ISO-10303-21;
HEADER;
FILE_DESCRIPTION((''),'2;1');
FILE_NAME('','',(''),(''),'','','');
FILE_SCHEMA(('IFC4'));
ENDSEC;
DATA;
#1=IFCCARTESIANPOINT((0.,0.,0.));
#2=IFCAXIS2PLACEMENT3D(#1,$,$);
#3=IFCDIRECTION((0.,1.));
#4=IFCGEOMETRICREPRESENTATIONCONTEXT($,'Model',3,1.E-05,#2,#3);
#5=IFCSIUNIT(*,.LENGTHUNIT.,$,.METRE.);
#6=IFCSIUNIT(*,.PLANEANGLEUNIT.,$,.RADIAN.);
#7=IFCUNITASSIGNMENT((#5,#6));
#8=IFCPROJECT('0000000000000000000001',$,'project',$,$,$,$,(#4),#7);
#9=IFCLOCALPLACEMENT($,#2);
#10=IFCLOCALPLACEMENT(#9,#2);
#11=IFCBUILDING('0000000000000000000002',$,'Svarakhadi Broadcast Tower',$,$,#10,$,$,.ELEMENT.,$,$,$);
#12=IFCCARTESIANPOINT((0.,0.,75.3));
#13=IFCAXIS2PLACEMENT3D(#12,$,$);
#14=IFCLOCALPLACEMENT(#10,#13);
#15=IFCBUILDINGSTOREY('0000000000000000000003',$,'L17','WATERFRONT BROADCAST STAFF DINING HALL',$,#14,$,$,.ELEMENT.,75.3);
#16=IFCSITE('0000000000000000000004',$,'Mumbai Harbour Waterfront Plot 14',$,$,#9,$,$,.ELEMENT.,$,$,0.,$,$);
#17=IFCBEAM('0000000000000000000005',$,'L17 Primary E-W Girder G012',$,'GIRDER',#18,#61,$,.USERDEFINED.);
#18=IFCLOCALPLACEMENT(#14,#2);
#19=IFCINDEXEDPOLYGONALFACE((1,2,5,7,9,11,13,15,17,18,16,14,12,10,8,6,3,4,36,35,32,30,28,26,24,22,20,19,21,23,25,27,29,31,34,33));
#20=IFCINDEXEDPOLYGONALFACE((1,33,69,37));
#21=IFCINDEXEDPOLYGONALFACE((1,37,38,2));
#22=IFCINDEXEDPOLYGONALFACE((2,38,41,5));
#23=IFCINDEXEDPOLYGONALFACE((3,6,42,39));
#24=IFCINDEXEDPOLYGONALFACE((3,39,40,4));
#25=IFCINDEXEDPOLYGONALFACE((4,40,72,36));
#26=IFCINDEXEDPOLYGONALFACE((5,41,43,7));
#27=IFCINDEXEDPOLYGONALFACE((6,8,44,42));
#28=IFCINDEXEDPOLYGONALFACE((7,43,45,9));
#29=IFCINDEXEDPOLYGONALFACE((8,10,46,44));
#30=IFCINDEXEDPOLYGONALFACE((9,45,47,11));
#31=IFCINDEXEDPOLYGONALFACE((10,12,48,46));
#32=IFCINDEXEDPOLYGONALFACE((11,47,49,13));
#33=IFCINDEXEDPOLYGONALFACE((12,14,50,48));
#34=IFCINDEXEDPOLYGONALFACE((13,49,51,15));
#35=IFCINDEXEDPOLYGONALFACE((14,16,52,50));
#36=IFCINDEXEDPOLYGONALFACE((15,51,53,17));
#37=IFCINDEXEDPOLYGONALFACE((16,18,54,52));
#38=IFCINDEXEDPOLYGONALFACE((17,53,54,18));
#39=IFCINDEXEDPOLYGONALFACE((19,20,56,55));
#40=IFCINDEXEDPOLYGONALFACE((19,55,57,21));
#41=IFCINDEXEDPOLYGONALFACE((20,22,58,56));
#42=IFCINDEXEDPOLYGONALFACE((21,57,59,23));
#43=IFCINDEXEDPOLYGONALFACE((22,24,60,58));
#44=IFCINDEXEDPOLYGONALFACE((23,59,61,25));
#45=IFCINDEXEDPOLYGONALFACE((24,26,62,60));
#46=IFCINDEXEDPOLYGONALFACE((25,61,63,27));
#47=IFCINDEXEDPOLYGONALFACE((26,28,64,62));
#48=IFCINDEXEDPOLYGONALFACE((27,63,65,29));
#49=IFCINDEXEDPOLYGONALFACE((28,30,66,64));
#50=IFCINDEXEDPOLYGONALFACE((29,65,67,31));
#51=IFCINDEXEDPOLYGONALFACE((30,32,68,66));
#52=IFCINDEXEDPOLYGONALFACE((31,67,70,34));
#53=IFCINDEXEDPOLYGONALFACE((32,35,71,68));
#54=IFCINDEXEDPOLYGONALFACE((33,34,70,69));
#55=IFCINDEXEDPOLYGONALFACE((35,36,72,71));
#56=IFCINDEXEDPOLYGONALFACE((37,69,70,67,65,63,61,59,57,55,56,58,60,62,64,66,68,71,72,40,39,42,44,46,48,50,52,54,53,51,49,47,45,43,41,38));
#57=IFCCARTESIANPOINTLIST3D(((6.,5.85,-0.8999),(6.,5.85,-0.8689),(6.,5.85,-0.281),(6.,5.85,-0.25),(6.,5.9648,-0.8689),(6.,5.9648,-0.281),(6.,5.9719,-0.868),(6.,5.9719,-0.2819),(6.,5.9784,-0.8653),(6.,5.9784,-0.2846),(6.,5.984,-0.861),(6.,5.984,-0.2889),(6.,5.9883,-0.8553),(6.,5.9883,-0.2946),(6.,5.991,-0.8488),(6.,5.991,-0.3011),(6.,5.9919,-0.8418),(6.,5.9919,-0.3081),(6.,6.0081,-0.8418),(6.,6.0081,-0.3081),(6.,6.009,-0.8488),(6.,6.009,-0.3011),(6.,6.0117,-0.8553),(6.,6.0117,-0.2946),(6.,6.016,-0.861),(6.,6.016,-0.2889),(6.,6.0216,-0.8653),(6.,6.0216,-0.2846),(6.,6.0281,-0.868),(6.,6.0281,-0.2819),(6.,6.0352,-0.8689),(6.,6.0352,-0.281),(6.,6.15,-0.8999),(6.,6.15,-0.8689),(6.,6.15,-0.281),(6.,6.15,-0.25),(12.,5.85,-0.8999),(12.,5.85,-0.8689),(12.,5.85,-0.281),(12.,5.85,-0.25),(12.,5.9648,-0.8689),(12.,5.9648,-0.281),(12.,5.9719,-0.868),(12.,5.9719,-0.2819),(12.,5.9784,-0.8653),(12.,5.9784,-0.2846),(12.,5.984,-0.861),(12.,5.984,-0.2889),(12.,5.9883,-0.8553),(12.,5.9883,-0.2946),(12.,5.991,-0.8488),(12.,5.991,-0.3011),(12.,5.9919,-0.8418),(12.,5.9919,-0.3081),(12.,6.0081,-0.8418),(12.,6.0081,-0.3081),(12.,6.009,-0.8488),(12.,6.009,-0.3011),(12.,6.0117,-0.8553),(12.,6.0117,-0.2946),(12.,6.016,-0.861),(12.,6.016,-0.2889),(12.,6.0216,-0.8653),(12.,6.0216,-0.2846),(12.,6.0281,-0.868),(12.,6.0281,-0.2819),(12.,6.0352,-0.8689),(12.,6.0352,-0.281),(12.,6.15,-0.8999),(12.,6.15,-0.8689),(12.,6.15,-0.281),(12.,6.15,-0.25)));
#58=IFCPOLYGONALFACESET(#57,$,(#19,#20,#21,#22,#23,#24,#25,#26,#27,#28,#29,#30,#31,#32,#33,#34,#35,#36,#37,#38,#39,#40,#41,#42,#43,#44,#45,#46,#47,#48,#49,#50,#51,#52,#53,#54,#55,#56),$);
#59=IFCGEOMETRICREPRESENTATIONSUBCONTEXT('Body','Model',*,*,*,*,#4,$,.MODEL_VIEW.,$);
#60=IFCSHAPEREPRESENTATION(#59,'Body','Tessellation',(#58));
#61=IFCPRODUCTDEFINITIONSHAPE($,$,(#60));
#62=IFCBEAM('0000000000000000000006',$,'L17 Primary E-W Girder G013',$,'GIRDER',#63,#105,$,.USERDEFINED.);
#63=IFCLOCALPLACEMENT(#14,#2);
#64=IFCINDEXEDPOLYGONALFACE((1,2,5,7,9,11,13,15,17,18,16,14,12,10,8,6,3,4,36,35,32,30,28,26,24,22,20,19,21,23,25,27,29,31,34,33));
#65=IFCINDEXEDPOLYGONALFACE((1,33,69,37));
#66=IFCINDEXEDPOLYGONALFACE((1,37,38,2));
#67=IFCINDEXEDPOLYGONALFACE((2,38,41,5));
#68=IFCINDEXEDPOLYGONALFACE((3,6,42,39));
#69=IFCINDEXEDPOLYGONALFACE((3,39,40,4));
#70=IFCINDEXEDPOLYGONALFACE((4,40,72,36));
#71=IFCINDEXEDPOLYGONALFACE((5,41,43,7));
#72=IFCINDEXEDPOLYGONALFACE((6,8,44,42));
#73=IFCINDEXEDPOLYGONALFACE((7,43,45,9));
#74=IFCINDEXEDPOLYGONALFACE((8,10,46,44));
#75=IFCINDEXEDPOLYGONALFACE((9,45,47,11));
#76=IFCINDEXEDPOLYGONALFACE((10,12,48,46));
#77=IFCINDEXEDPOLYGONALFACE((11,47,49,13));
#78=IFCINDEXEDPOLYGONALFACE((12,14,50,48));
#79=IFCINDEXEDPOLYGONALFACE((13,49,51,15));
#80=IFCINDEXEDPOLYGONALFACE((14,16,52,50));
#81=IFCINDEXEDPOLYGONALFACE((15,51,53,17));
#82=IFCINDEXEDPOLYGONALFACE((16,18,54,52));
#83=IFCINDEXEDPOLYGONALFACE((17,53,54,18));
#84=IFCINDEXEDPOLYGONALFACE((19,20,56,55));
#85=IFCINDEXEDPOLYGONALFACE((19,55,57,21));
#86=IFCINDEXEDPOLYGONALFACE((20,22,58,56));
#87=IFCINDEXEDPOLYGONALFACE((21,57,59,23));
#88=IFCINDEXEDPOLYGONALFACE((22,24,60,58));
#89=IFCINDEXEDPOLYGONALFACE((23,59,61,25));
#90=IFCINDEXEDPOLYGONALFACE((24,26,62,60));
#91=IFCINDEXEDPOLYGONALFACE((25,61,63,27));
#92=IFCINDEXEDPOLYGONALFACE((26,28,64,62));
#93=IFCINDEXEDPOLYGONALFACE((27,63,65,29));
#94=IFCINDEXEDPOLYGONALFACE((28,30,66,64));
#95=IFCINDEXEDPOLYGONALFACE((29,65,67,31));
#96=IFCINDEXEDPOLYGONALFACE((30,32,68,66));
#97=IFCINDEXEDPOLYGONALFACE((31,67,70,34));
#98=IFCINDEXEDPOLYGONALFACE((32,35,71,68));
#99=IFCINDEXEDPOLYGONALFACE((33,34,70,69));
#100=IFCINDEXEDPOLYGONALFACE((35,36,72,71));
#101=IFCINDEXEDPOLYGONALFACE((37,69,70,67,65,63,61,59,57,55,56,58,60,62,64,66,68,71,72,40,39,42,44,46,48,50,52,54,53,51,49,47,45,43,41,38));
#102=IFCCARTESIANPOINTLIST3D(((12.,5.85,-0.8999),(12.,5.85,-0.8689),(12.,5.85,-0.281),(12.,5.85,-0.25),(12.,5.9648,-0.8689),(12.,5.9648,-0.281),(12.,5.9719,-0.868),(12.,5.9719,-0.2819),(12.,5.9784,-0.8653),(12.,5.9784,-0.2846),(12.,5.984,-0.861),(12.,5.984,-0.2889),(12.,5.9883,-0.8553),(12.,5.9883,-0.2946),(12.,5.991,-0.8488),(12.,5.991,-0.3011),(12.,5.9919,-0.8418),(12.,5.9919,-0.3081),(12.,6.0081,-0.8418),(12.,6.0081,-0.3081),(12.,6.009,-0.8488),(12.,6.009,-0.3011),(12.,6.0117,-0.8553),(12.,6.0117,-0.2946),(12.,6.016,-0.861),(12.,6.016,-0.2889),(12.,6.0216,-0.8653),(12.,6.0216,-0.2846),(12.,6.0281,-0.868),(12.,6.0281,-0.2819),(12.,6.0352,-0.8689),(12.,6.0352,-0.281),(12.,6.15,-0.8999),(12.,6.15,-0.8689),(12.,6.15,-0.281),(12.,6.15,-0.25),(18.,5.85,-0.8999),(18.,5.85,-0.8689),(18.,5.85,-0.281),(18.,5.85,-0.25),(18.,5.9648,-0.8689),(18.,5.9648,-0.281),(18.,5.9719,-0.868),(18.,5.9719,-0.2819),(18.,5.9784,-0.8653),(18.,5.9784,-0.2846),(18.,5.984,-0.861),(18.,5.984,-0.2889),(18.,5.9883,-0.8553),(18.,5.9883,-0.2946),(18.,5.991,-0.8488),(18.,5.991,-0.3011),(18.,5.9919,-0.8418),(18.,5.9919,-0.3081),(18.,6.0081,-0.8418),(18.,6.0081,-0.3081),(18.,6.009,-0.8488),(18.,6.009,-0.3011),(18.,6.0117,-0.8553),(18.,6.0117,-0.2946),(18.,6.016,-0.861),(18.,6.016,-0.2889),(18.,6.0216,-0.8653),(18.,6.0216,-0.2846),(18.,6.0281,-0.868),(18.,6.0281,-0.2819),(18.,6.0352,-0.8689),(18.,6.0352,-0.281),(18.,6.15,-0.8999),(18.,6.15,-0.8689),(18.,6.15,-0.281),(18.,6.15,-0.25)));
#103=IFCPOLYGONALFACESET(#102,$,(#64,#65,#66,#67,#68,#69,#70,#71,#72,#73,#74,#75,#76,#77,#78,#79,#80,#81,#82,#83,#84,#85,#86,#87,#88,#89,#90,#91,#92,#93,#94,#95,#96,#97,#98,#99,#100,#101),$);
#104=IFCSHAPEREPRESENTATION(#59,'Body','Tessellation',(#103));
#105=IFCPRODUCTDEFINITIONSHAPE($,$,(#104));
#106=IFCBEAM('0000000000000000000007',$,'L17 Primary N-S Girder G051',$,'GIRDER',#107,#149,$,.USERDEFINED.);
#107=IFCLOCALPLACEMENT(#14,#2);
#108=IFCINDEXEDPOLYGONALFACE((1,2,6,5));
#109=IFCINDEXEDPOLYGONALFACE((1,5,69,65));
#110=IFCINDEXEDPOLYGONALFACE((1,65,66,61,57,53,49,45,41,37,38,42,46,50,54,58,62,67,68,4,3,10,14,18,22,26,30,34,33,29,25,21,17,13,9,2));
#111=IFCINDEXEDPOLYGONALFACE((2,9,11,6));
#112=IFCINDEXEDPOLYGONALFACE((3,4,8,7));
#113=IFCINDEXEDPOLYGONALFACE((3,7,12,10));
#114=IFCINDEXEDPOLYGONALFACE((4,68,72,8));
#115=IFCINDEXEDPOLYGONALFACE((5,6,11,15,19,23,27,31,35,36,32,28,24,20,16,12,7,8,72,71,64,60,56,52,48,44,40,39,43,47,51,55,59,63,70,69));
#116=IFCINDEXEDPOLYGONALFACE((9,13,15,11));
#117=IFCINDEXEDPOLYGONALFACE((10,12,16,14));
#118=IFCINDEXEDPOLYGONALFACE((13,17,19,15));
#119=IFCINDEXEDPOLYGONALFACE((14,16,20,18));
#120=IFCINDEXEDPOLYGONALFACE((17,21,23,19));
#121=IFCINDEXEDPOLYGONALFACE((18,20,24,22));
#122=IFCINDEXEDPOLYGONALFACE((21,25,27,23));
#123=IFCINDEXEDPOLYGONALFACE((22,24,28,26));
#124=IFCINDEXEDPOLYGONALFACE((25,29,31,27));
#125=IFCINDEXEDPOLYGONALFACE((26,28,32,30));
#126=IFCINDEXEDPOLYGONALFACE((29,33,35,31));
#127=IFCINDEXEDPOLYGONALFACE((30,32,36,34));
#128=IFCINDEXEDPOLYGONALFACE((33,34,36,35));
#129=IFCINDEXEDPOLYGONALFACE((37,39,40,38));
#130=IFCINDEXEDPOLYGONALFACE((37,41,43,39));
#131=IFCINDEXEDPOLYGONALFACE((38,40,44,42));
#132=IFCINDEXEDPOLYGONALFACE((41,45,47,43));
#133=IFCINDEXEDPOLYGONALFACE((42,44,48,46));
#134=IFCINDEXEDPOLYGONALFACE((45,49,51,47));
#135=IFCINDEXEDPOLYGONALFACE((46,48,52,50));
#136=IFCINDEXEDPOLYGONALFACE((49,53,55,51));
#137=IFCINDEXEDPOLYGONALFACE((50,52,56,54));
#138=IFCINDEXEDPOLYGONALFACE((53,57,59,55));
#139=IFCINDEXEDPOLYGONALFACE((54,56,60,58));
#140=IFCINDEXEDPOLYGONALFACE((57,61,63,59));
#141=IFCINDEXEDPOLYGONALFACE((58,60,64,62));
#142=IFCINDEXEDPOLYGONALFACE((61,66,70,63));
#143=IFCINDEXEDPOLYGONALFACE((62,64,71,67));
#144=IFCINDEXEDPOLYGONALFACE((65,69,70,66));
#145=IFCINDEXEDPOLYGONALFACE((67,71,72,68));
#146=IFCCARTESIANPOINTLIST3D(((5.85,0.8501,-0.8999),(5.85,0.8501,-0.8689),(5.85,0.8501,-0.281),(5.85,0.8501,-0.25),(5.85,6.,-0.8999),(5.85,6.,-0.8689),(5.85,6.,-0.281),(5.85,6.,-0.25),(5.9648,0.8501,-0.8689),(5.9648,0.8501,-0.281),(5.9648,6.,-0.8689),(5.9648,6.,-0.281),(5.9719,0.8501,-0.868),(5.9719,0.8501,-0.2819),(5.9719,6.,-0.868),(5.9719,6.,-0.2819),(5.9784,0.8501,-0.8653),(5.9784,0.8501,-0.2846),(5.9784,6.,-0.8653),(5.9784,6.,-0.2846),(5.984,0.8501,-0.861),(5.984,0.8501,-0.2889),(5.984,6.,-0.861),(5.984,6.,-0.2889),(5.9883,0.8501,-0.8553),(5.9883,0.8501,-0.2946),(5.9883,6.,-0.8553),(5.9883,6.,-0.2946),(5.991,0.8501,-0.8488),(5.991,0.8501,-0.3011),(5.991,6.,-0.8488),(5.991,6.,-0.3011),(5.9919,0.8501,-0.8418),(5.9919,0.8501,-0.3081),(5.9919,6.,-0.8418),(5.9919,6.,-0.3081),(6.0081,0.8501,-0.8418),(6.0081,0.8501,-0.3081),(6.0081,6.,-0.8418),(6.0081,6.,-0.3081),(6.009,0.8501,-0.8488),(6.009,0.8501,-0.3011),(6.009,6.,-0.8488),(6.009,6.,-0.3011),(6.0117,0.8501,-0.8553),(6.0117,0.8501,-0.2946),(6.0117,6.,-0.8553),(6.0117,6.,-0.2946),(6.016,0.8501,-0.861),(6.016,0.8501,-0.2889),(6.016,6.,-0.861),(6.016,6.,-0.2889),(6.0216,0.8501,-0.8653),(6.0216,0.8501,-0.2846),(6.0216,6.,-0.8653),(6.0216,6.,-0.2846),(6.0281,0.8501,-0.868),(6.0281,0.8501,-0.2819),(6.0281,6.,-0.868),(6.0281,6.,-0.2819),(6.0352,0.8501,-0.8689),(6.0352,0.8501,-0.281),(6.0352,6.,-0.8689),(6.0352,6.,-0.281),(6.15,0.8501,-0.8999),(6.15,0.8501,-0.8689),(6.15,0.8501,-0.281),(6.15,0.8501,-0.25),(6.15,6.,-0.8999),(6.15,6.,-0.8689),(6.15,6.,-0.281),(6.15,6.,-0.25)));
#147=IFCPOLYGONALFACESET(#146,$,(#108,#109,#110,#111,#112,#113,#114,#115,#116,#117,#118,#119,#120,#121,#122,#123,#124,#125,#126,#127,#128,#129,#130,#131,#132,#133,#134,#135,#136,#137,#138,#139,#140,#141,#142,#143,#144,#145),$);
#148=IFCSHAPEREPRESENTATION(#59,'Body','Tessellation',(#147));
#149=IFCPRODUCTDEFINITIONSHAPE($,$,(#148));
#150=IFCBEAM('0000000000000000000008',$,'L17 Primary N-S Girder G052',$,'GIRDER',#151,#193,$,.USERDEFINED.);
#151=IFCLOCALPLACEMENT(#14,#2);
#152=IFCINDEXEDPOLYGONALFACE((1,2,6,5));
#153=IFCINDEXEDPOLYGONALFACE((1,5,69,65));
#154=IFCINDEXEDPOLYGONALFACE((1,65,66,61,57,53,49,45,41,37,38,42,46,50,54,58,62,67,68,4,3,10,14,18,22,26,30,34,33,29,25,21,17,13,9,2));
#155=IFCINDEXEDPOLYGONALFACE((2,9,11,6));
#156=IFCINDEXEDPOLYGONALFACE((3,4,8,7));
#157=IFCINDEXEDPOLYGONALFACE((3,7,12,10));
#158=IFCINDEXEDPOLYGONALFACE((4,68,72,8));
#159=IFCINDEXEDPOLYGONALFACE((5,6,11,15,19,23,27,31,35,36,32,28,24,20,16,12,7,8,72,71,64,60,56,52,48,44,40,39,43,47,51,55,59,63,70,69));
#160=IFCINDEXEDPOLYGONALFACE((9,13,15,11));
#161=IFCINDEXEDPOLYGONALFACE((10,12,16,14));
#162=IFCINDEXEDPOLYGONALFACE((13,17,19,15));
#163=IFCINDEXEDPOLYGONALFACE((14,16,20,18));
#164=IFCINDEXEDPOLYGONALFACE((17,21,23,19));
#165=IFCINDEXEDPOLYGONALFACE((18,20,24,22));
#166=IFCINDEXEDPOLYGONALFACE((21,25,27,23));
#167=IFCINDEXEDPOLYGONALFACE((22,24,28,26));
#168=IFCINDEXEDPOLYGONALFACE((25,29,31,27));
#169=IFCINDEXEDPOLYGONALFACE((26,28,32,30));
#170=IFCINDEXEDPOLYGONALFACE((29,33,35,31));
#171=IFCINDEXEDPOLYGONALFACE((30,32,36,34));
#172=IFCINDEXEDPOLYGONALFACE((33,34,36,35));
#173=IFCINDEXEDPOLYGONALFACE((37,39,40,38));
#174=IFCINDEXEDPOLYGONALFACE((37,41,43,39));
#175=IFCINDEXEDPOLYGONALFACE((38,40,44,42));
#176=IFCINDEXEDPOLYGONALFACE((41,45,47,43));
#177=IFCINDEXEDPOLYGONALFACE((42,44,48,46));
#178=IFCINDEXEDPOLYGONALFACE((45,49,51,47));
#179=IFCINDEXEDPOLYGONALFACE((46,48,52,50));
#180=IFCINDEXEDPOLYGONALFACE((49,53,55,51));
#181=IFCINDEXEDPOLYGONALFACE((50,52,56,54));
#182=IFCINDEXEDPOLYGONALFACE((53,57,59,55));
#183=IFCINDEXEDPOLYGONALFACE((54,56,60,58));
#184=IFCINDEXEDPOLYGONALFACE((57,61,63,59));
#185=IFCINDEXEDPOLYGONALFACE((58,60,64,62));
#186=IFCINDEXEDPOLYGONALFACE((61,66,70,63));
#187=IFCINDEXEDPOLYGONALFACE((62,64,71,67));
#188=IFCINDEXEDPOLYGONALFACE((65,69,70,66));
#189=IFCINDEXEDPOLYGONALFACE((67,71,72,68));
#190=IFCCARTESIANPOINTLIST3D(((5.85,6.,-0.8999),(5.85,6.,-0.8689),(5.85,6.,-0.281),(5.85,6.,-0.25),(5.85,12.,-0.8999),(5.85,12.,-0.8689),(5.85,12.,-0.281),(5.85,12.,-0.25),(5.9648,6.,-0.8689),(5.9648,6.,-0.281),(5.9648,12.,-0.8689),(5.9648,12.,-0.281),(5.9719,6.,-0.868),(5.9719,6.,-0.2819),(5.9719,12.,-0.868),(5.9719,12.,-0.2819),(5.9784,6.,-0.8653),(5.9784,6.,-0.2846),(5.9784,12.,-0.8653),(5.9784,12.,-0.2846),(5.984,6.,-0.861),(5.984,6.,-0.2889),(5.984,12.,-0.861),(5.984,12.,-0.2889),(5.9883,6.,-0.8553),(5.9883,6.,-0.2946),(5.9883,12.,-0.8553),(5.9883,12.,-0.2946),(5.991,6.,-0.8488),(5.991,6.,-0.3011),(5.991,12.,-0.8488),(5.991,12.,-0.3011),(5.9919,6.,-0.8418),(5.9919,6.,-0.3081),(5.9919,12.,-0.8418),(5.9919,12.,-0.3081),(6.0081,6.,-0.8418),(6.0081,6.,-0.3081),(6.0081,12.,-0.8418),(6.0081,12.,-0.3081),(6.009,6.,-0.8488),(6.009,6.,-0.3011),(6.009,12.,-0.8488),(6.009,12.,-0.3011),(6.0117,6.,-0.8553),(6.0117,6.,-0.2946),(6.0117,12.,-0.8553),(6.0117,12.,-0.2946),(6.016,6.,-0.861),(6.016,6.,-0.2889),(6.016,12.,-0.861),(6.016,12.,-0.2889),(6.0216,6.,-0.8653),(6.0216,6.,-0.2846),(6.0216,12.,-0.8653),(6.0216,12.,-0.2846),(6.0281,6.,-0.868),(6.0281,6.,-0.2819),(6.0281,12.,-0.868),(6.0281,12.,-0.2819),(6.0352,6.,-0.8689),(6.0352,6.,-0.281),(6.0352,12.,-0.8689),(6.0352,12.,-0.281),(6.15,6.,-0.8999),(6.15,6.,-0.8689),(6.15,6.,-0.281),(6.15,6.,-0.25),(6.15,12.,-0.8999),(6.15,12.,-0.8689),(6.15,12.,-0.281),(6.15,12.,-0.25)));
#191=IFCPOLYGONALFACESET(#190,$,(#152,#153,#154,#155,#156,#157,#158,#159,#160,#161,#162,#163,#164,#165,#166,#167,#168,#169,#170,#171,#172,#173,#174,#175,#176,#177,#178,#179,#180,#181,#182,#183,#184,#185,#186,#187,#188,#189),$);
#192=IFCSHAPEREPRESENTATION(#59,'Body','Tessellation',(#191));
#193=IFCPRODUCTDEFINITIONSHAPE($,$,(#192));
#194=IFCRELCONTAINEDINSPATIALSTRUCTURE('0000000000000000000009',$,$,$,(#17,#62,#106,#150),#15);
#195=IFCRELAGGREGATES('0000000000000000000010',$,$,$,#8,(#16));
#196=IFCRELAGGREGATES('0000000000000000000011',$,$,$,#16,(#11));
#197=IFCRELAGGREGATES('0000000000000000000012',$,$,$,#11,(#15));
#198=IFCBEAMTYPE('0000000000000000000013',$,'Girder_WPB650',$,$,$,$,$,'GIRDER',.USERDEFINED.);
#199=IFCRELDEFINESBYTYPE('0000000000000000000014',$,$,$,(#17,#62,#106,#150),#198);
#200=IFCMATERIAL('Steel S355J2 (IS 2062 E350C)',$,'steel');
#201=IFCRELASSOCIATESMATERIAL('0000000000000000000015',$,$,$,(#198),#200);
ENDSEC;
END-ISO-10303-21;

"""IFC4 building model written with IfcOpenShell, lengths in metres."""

from ifc_helpers import new_model, si_unit, direction, frame, origin, origin_2d, place, context, subcontext, project, spatial, i_section, extrude, material, material_profile, profile_set, type_object, element, save


model = new_model("IFC4")

# Units and contexts
model_context = context("Model", 3, precision=1e-05, world=origin(), true_north=direction((0.0, 1.0)))
body_context = subcontext(model_context, "Body", "Model", "MODEL_VIEW")
ifc_project = project(units=[si_unit("LENGTHUNIT", "METRE"), si_unit("PLANEANGLEUNIT", "RADIAN")], contexts=[model_context])

# Site, building, storey
site_placement = place(None, origin())
site = spatial("IfcSite", under=ifc_project, at=site_placement, Name="Mumbai Harbour Waterfront Plot 14", CompositionType="ELEMENT", RefElevation=0.0)
building_placement = place(site_placement, origin())
building = spatial("IfcBuilding", under=site, at=building_placement, Name="Svarakhadi Broadcast Tower", CompositionType="ELEMENT")
storey_placement = place(building_placement, frame((0.0, 0.0, 75.3)))
storey = spatial("IfcBuildingStorey", under=building, at=storey_placement, Name="L17", Description="WATERFRONT BROADCAST STAFF DINING HALL", CompositionType="ELEMENT", Elevation=75.3)

# Shared definitions
ifc_material_1 = material(Name="Steel S355J2 (IS 2062 E350C)", Category="steel")

# Beams
ifc_material_profile_1 = material_profile(ifc_material_1, i_section(OverallWidth=0.3, OverallDepth=0.6499, WebThickness=0.0161, FlangeThickness=0.031, FilletRadius=0.0271, at=origin_2d()), Name="WPB 650x300x225")
ifc_profile_set_1 = profile_set([ifc_material_profile_1], Name="Steel S355J2 (IS 2062 E350C)")
beam_type_1 = type_object("IfcBeamType", Name="Girder_WPB650", ElementType="GIRDER", PredefinedType="USERDEFINED", material=ifc_profile_set_1)
for number, where, z_axis, x_axis, name in (
    (1, (6.0, 6.0, -0.575), (1.0, 0.0, 0.0), (0.0, 1.0, 0.0), "L17 Primary E-W Girder G012"),
    (2, (12.0, 6.0, -0.575), (1.0, 0.0, 0.0), (0.0, 1.0, 0.0), "L17 Primary E-W Girder G013"),
):
    element("IfcBeam", number, at=place(storey_placement, frame(where, z_axis=z_axis, x_axis=x_axis)), inside=storey, type_object=beam_type_1, Name=name, ObjectType="GIRDER", PredefinedType="USERDEFINED", context=body_context, shape_type="SweptSolid", body=[
        extrude(i_section(OverallWidth=0.3, OverallDepth=0.6499, WebThickness=0.0161, FlangeThickness=0.031, FilletRadius=0.0271, at=origin_2d()), origin(), (0.0, 0.0, 1.0), 6.0),
    ])
beam_1_placement = place(storey_placement, frame((6.0, 0.8501, -0.575), z_axis=(0.0, 1.0, 0.0), x_axis=(-1.0, 0.0, 0.0)))
element("IfcBeam", 3, at=beam_1_placement, inside=storey, type_object=beam_type_1, Name="L17 Primary N-S Girder G051", ObjectType="GIRDER", PredefinedType="USERDEFINED", context=body_context, shape_type="SweptSolid", body=[
    extrude(i_section(OverallWidth=0.3, OverallDepth=0.6499, WebThickness=0.0161, FlangeThickness=0.031, FilletRadius=0.0271, at=origin_2d()), origin(), (0.0, 0.0, 1.0), 5.1499),
])
beam_2_placement = place(storey_placement, frame((6.0, 6.0, -0.575), z_axis=(0.0, 1.0, 0.0), x_axis=(-1.0, 0.0, 0.0)))
element("IfcBeam", 4, at=beam_2_placement, inside=storey, type_object=beam_type_1, Name="L17 Primary N-S Girder G052", ObjectType="GIRDER", PredefinedType="USERDEFINED", context=body_context, shape_type="SweptSolid", body=[
    extrude(i_section(OverallWidth=0.3, OverallDepth=0.6499, WebThickness=0.0161, FlangeThickness=0.031, FilletRadius=0.0271, at=origin_2d()), origin(), (0.0, 0.0, 1.0), 6.0),
])

save(model, "model.ifc")
